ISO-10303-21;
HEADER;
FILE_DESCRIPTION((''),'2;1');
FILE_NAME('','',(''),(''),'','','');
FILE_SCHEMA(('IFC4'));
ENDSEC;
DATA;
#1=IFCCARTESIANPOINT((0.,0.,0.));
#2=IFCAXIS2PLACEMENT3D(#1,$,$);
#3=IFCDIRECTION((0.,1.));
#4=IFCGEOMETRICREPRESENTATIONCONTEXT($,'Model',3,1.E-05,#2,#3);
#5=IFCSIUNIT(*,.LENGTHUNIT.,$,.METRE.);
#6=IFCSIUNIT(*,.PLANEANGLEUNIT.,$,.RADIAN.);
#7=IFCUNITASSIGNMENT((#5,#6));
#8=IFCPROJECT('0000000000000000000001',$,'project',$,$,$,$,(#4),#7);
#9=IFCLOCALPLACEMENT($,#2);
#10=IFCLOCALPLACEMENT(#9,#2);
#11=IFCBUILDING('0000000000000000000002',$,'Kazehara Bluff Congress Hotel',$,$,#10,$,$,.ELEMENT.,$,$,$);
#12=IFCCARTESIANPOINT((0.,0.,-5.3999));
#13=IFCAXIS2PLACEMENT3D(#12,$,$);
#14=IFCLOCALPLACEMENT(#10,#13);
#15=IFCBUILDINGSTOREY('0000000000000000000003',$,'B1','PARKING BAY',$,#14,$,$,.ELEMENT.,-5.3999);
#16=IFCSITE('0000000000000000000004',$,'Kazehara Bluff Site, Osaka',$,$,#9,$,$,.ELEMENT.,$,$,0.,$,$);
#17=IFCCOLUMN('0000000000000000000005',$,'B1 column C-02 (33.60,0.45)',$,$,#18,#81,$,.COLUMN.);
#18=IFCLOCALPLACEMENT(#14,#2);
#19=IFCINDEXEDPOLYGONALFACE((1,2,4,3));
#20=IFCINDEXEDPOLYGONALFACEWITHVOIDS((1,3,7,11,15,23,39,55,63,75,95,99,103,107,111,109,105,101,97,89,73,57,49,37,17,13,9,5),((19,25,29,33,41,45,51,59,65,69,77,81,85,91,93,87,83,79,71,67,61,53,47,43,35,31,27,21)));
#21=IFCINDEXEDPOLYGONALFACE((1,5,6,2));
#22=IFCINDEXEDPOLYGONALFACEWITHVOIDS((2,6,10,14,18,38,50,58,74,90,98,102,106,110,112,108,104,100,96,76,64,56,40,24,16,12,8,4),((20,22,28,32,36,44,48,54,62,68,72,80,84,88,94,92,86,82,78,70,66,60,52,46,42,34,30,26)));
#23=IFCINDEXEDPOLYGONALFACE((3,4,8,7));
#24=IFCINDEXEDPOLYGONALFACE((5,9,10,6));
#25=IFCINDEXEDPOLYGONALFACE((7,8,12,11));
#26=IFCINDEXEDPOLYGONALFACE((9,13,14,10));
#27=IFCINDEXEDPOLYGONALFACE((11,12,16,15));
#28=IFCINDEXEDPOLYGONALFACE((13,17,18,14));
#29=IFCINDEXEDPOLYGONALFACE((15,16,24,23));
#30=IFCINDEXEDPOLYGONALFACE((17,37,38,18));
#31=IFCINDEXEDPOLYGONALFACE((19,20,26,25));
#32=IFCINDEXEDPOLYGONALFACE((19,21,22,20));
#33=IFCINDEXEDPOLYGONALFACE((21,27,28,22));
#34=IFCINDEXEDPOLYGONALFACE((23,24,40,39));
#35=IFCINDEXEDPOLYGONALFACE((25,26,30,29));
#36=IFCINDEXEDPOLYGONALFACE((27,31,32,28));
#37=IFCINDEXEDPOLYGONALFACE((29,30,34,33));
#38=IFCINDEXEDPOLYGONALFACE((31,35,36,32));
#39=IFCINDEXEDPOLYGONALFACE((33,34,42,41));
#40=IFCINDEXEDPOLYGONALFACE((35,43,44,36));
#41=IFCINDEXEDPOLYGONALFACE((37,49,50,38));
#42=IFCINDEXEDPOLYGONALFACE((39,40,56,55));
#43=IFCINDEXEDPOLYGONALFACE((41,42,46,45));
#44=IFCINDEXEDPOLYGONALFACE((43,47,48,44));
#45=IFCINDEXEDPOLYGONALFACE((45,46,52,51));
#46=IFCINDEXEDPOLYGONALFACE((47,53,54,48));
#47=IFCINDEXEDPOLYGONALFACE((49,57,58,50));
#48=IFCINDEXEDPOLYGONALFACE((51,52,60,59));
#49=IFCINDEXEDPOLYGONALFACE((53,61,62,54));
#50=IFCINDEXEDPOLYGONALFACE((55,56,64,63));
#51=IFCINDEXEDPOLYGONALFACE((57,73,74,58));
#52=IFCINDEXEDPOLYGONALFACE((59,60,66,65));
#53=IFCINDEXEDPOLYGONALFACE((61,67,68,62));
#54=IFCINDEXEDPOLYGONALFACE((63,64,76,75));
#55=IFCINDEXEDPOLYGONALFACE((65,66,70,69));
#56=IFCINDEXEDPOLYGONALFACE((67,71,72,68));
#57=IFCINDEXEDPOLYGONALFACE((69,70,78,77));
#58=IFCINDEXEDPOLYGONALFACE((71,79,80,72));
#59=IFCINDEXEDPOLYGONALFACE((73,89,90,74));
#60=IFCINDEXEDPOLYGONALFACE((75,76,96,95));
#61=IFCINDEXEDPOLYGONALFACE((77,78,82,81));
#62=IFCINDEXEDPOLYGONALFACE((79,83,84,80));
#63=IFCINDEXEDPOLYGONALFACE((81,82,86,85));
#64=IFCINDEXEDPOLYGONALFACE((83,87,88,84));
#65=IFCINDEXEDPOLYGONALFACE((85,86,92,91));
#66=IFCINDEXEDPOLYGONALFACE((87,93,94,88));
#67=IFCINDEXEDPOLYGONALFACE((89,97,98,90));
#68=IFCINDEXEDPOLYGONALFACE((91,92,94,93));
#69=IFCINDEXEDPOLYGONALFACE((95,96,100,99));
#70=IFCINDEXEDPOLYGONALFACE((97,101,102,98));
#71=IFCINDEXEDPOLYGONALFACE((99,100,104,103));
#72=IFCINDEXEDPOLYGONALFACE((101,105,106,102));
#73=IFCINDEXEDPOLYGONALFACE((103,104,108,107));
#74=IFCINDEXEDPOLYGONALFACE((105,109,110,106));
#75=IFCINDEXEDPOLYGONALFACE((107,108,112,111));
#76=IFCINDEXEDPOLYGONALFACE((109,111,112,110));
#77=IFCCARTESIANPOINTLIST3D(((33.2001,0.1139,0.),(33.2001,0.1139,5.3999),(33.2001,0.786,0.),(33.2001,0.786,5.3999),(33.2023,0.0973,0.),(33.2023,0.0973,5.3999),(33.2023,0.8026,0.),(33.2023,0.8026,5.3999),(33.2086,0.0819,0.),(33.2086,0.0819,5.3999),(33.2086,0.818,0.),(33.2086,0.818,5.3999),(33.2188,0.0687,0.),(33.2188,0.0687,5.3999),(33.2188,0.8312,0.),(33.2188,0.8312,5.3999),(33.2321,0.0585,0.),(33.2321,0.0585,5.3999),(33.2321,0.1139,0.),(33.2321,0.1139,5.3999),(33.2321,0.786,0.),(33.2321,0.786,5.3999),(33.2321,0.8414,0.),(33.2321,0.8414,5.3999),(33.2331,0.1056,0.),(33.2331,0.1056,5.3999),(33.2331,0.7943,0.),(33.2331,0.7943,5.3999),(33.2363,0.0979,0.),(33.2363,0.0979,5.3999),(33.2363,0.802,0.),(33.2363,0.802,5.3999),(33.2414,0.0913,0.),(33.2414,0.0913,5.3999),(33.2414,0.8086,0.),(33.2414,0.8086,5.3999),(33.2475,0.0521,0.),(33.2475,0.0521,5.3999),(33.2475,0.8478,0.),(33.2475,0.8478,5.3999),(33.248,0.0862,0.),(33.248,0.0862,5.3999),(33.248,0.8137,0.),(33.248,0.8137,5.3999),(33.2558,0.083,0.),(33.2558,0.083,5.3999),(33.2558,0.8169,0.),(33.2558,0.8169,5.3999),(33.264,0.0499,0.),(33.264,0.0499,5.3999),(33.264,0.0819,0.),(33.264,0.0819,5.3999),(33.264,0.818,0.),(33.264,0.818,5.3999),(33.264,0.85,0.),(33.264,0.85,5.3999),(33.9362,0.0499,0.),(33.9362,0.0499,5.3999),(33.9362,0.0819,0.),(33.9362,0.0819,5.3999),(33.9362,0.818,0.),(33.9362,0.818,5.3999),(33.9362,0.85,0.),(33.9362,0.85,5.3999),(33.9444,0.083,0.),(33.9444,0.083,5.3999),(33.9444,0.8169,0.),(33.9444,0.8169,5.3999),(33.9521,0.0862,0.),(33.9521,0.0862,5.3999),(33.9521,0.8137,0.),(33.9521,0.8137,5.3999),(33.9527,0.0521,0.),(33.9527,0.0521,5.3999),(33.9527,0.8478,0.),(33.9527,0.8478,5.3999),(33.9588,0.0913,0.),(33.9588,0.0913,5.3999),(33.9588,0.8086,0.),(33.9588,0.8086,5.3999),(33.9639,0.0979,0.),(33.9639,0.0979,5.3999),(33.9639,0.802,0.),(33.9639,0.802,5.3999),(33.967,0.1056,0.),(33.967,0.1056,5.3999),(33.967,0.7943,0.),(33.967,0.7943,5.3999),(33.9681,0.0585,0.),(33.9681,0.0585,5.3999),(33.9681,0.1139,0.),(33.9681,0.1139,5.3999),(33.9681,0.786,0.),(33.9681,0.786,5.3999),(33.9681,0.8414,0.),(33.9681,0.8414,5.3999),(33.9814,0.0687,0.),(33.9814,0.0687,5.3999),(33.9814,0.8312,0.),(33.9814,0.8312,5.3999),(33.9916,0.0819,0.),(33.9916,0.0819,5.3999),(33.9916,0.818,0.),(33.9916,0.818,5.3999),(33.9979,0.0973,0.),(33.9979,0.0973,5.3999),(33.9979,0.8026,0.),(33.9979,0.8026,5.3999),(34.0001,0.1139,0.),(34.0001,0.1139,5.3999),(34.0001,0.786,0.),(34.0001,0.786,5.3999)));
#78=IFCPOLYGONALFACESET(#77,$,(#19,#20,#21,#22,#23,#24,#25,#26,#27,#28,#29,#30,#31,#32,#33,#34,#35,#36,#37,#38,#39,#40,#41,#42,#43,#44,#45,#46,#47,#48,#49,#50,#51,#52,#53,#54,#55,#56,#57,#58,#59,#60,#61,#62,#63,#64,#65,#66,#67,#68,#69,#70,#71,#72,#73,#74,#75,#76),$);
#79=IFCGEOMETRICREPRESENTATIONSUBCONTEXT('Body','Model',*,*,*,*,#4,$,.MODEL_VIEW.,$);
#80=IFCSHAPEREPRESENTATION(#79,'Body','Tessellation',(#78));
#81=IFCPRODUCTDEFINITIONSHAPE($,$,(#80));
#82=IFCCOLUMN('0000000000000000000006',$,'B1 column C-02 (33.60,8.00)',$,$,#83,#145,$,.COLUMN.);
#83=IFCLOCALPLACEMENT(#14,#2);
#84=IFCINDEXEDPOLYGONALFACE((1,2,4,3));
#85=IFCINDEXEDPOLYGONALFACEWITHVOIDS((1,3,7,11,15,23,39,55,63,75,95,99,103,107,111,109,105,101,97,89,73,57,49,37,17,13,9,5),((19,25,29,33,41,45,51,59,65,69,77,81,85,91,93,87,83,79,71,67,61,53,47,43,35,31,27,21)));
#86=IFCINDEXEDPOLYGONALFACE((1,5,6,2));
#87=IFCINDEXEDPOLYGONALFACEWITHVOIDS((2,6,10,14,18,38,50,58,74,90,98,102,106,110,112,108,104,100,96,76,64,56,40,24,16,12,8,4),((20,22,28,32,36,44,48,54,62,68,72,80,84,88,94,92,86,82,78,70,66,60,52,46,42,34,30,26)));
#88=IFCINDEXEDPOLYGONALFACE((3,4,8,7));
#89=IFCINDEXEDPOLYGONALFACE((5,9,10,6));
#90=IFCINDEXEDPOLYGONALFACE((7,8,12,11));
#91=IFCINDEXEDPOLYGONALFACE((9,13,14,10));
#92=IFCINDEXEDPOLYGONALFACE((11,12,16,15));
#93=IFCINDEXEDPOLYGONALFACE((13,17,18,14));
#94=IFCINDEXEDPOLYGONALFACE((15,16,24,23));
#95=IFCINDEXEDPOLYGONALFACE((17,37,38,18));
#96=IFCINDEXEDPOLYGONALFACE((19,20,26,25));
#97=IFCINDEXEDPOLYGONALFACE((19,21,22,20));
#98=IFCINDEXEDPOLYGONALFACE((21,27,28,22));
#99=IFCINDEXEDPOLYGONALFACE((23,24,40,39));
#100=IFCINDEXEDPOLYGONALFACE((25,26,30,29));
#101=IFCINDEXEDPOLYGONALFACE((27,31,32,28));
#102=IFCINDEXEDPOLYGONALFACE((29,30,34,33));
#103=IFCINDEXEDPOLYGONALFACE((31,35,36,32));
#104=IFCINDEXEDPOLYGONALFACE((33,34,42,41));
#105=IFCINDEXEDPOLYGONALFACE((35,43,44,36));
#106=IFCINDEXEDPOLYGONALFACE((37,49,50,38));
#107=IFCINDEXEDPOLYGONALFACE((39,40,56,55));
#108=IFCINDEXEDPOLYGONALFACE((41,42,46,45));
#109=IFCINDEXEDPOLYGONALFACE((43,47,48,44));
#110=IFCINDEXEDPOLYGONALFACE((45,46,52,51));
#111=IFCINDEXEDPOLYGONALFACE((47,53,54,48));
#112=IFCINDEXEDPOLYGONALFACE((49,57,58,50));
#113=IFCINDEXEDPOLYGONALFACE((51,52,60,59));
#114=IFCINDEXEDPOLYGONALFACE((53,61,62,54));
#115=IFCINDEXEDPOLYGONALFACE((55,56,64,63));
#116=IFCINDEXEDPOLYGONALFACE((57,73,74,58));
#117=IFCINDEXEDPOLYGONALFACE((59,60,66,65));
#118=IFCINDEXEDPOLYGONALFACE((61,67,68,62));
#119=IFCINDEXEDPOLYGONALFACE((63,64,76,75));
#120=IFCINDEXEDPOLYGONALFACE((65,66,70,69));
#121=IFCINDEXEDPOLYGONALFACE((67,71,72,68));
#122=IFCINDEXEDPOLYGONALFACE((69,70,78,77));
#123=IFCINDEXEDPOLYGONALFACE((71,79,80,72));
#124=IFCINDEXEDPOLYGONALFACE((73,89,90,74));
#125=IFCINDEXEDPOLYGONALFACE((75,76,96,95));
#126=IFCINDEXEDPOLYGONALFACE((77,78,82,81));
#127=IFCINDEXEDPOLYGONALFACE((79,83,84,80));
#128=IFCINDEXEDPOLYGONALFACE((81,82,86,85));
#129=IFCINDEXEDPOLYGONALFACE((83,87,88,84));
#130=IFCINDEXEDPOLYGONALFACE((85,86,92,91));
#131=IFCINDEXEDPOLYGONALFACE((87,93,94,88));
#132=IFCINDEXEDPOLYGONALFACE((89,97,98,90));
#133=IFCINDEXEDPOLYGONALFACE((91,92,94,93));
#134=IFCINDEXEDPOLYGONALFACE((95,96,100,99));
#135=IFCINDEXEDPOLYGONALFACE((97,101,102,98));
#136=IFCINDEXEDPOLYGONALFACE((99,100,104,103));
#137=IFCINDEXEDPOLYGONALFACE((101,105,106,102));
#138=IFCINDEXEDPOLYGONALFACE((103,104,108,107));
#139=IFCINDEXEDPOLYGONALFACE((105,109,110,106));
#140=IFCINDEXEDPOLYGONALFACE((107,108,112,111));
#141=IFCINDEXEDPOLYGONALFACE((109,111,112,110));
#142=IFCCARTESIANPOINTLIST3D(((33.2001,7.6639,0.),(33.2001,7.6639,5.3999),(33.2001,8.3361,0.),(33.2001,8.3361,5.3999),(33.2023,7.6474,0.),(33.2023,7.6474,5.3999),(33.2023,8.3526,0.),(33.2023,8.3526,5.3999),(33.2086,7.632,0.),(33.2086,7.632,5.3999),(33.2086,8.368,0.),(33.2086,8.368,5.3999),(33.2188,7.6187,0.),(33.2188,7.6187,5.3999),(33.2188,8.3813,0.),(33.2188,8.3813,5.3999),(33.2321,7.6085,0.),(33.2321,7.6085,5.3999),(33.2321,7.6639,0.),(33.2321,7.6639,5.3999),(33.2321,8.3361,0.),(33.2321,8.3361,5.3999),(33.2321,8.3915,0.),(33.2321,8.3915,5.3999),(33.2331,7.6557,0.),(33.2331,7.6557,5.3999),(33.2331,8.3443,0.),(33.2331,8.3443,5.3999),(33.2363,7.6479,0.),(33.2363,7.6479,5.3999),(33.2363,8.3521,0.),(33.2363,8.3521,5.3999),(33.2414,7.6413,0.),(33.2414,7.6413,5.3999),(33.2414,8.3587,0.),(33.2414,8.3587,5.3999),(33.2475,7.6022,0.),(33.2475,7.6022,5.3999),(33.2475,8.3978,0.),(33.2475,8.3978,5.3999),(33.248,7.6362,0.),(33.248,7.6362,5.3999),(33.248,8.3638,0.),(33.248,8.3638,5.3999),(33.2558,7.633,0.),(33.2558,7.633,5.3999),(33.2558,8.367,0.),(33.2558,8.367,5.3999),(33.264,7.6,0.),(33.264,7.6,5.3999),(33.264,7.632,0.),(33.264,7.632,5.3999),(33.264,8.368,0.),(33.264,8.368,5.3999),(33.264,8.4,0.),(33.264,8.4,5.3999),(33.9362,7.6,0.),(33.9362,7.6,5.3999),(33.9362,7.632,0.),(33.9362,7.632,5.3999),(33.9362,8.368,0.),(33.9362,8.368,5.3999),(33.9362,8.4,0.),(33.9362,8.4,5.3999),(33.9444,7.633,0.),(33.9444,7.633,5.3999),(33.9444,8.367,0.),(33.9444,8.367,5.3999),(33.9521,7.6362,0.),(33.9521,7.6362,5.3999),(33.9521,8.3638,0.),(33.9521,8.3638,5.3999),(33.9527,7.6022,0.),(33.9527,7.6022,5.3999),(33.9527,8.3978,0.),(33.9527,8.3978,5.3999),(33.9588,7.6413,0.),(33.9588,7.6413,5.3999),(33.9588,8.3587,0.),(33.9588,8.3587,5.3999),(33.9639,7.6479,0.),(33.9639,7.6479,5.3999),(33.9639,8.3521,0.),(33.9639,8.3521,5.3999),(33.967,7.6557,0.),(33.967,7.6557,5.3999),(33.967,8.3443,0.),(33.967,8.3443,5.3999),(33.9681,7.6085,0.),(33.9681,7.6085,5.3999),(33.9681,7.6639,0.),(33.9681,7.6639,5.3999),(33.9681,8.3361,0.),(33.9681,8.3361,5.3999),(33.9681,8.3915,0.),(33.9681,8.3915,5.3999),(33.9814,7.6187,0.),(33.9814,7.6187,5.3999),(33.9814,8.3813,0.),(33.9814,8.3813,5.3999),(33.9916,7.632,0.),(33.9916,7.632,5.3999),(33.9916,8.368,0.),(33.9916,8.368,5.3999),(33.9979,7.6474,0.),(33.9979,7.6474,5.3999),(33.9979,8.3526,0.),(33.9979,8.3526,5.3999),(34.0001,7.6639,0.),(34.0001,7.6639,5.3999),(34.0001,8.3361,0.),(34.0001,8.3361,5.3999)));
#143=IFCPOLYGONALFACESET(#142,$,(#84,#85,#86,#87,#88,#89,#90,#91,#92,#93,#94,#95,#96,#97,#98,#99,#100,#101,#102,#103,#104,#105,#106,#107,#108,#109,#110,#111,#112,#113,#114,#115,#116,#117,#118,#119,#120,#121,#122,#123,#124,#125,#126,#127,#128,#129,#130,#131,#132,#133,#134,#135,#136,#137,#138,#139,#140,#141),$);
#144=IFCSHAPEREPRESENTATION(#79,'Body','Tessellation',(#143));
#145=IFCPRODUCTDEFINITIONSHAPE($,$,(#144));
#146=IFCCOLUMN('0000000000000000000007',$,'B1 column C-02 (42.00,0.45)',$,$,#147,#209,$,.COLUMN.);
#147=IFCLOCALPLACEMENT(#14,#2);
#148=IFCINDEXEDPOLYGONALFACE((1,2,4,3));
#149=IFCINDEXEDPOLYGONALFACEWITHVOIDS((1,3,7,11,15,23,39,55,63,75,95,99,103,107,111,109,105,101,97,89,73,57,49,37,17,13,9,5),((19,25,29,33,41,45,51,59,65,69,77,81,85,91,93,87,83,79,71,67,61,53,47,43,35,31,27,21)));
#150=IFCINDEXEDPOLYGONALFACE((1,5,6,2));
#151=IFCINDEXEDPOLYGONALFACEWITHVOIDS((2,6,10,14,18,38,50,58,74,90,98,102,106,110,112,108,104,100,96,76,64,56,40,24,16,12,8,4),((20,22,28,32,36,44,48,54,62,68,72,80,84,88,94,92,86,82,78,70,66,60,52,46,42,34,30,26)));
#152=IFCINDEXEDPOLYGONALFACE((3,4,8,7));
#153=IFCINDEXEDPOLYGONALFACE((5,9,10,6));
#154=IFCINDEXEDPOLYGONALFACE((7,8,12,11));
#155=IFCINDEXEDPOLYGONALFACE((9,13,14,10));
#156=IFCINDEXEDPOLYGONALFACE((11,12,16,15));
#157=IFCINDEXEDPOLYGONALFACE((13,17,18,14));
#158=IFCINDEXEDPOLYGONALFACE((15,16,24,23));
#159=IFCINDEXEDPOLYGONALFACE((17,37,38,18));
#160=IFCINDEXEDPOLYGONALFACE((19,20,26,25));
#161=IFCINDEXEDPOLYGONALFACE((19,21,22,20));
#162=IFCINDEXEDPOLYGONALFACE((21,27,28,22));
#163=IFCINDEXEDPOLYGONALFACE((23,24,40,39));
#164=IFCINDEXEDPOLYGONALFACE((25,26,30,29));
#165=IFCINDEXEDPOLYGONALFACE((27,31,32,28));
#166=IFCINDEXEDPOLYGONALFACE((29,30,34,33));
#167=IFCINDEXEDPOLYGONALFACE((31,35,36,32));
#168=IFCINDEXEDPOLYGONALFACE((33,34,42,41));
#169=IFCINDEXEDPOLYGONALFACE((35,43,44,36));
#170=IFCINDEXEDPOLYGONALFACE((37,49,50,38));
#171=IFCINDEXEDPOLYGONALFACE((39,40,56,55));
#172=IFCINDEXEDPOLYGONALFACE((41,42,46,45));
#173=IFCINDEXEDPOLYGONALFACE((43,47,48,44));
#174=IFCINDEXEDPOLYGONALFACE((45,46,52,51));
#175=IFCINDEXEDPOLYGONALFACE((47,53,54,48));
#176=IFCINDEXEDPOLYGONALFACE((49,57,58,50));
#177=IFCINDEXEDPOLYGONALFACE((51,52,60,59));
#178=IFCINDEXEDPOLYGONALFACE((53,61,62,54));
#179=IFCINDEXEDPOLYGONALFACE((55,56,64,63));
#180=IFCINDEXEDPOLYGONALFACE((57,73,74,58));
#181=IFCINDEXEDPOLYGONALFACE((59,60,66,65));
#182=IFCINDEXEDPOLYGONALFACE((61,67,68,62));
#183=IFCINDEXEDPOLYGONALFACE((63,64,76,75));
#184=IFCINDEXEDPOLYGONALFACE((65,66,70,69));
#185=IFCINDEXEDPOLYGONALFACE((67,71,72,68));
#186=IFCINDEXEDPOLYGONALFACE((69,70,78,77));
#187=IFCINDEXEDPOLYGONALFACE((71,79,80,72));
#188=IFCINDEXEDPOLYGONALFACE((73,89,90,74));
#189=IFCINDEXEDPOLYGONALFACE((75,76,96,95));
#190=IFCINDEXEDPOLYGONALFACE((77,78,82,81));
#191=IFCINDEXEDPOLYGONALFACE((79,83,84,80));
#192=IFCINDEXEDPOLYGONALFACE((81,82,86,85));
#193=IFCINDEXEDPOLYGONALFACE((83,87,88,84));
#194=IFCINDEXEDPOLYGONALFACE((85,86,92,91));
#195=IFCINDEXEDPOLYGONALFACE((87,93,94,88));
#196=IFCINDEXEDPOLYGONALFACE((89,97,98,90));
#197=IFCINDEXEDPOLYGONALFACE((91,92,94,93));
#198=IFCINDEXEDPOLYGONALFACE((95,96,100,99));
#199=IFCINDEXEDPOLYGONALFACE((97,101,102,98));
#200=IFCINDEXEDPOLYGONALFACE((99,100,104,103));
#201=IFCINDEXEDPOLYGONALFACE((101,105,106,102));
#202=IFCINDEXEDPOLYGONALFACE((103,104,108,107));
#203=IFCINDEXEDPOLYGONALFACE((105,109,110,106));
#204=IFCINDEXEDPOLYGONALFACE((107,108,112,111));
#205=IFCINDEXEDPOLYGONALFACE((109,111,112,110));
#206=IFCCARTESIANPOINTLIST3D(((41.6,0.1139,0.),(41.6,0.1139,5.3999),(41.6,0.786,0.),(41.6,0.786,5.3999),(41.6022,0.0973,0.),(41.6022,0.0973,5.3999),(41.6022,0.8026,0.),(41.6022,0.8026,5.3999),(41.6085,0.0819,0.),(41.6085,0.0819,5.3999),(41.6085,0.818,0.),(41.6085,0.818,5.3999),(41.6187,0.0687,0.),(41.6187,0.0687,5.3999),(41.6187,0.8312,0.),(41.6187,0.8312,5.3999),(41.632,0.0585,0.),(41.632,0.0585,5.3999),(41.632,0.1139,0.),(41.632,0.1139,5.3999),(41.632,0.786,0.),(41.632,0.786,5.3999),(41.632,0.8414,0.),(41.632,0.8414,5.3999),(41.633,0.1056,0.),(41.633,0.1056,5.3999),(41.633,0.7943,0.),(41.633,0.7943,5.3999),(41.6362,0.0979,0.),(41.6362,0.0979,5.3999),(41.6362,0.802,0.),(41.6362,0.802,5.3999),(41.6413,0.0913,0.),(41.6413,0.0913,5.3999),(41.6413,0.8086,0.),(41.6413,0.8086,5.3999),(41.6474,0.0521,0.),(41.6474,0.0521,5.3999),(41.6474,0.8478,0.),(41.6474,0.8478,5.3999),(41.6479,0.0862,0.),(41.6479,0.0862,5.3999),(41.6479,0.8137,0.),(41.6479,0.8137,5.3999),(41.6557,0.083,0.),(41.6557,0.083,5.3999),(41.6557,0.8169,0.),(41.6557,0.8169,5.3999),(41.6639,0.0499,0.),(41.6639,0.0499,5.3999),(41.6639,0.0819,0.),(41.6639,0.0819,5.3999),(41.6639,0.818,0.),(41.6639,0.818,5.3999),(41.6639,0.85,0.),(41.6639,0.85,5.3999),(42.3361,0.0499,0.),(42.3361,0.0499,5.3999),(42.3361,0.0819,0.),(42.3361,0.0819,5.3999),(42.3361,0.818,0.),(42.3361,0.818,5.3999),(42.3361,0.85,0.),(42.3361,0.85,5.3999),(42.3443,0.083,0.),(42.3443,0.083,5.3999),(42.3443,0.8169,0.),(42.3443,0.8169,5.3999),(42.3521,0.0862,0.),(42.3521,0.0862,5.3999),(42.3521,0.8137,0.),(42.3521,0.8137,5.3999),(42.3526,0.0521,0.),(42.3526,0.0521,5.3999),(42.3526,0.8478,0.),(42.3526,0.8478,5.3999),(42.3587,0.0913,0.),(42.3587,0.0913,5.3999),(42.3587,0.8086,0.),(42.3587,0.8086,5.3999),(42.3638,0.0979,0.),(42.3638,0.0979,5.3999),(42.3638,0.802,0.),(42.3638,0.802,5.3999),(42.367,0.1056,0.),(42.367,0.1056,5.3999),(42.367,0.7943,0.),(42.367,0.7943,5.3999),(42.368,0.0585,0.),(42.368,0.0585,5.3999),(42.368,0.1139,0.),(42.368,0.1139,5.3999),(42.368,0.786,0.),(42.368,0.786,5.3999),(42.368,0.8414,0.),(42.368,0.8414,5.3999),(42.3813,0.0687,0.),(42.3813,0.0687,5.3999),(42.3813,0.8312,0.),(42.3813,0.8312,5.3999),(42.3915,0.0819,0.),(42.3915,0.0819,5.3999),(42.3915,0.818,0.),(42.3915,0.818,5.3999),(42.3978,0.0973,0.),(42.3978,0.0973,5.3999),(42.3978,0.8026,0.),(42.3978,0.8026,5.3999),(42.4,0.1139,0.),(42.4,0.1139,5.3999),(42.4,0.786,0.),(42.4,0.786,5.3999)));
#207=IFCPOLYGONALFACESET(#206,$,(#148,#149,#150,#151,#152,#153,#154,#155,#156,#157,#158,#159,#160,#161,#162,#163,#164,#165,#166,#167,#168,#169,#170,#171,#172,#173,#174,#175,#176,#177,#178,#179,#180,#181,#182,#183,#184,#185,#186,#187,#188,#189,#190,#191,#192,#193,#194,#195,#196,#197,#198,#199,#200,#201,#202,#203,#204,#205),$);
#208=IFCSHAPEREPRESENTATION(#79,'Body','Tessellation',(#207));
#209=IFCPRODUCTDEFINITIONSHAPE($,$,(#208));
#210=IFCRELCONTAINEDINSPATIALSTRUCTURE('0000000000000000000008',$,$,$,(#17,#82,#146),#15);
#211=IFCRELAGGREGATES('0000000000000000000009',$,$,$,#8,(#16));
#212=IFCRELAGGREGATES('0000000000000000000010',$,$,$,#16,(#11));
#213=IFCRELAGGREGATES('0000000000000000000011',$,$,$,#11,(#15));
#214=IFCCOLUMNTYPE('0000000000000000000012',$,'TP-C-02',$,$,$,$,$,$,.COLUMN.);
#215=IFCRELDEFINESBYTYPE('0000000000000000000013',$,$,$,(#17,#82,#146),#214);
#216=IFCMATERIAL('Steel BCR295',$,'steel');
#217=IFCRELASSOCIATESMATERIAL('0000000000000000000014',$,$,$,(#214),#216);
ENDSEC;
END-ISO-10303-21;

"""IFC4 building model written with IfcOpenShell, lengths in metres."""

from ifc_helpers import new_model, si_unit, direction, frame, origin, origin_2d, place, context, subcontext, project, spatial, hollow_rectangle, extrude, material, material_profile, profile_set, type_object, element, save


model = new_model("IFC4")

# Units and contexts
model_context = context("Model", 3, precision=1e-05, world=origin(), true_north=direction((0.0, 1.0)))
body_context = subcontext(model_context, "Body", "Model", "MODEL_VIEW")
ifc_project = project(units=[si_unit("LENGTHUNIT", "METRE"), si_unit("PLANEANGLEUNIT", "RADIAN")], contexts=[model_context])

# Site, building, storey
site_placement = place(None, origin())
site = spatial("IfcSite", under=ifc_project, at=site_placement, Name="Kazehara Bluff Site, Osaka", CompositionType="ELEMENT", RefElevation=0.0)
building_placement = place(site_placement, origin())
building = spatial("IfcBuilding", under=site, at=building_placement, Name="Kazehara Bluff Congress Hotel", CompositionType="ELEMENT")
storey_placement = place(building_placement, frame((0.0, 0.0, -5.3999)))
storey = spatial("IfcBuildingStorey", under=building, at=storey_placement, Name="B1", Description="PARKING BAY", CompositionType="ELEMENT", Elevation=-5.3999)

# Columns
ifc_material_1 = material(Name="Steel BCR295", Category="steel")
ifc_material_profile_1 = material_profile(ifc_material_1, hollow_rectangle(XDim=0.8, YDim=0.8, WallThickness=0.032, InnerFilletRadius=0.032, OuterFilletRadius=0.064, at=origin_2d()))
ifc_profile_set_1 = profile_set([ifc_material_profile_1], Name="Steel BCR295")
column_type = type_object("IfcColumnType", Name="TP-C-02", PredefinedType="COLUMN", material=ifc_profile_set_1)
for number, where, z_axis, x_axis, name in (
    (1, (33.6001, 0.45, 0.0), (0.0, 0.0, 1.0), (1.0, 0.0, 0.0), "B1 column C-02 (33.60,0.45)"),
    (2, (33.6001, 8.0, 0.0), (0.0, 0.0, 1.0), (1.0, 0.0, 0.0), "B1 column C-02 (33.60,8.00)"),
    (3, (42.0, 0.45, 0.0), (0.0, 0.0, 1.0), (1.0, 0.0, 0.0), "B1 column C-02 (42.00,0.45)"),
):
    element("IfcColumn", number, at=place(storey_placement, frame(where, z_axis=z_axis, x_axis=x_axis)), inside=storey, type_object=column_type, Name=name, PredefinedType="COLUMN", context=body_context, shape_type="SweptSolid", body=[
        extrude(hollow_rectangle(XDim=0.8, YDim=0.8, WallThickness=0.032, InnerFilletRadius=0.032, OuterFilletRadius=0.064, at=origin_2d()), origin(), (0.0, 0.0, 1.0), 5.3999),
    ])

save(model, "model.ifc")
